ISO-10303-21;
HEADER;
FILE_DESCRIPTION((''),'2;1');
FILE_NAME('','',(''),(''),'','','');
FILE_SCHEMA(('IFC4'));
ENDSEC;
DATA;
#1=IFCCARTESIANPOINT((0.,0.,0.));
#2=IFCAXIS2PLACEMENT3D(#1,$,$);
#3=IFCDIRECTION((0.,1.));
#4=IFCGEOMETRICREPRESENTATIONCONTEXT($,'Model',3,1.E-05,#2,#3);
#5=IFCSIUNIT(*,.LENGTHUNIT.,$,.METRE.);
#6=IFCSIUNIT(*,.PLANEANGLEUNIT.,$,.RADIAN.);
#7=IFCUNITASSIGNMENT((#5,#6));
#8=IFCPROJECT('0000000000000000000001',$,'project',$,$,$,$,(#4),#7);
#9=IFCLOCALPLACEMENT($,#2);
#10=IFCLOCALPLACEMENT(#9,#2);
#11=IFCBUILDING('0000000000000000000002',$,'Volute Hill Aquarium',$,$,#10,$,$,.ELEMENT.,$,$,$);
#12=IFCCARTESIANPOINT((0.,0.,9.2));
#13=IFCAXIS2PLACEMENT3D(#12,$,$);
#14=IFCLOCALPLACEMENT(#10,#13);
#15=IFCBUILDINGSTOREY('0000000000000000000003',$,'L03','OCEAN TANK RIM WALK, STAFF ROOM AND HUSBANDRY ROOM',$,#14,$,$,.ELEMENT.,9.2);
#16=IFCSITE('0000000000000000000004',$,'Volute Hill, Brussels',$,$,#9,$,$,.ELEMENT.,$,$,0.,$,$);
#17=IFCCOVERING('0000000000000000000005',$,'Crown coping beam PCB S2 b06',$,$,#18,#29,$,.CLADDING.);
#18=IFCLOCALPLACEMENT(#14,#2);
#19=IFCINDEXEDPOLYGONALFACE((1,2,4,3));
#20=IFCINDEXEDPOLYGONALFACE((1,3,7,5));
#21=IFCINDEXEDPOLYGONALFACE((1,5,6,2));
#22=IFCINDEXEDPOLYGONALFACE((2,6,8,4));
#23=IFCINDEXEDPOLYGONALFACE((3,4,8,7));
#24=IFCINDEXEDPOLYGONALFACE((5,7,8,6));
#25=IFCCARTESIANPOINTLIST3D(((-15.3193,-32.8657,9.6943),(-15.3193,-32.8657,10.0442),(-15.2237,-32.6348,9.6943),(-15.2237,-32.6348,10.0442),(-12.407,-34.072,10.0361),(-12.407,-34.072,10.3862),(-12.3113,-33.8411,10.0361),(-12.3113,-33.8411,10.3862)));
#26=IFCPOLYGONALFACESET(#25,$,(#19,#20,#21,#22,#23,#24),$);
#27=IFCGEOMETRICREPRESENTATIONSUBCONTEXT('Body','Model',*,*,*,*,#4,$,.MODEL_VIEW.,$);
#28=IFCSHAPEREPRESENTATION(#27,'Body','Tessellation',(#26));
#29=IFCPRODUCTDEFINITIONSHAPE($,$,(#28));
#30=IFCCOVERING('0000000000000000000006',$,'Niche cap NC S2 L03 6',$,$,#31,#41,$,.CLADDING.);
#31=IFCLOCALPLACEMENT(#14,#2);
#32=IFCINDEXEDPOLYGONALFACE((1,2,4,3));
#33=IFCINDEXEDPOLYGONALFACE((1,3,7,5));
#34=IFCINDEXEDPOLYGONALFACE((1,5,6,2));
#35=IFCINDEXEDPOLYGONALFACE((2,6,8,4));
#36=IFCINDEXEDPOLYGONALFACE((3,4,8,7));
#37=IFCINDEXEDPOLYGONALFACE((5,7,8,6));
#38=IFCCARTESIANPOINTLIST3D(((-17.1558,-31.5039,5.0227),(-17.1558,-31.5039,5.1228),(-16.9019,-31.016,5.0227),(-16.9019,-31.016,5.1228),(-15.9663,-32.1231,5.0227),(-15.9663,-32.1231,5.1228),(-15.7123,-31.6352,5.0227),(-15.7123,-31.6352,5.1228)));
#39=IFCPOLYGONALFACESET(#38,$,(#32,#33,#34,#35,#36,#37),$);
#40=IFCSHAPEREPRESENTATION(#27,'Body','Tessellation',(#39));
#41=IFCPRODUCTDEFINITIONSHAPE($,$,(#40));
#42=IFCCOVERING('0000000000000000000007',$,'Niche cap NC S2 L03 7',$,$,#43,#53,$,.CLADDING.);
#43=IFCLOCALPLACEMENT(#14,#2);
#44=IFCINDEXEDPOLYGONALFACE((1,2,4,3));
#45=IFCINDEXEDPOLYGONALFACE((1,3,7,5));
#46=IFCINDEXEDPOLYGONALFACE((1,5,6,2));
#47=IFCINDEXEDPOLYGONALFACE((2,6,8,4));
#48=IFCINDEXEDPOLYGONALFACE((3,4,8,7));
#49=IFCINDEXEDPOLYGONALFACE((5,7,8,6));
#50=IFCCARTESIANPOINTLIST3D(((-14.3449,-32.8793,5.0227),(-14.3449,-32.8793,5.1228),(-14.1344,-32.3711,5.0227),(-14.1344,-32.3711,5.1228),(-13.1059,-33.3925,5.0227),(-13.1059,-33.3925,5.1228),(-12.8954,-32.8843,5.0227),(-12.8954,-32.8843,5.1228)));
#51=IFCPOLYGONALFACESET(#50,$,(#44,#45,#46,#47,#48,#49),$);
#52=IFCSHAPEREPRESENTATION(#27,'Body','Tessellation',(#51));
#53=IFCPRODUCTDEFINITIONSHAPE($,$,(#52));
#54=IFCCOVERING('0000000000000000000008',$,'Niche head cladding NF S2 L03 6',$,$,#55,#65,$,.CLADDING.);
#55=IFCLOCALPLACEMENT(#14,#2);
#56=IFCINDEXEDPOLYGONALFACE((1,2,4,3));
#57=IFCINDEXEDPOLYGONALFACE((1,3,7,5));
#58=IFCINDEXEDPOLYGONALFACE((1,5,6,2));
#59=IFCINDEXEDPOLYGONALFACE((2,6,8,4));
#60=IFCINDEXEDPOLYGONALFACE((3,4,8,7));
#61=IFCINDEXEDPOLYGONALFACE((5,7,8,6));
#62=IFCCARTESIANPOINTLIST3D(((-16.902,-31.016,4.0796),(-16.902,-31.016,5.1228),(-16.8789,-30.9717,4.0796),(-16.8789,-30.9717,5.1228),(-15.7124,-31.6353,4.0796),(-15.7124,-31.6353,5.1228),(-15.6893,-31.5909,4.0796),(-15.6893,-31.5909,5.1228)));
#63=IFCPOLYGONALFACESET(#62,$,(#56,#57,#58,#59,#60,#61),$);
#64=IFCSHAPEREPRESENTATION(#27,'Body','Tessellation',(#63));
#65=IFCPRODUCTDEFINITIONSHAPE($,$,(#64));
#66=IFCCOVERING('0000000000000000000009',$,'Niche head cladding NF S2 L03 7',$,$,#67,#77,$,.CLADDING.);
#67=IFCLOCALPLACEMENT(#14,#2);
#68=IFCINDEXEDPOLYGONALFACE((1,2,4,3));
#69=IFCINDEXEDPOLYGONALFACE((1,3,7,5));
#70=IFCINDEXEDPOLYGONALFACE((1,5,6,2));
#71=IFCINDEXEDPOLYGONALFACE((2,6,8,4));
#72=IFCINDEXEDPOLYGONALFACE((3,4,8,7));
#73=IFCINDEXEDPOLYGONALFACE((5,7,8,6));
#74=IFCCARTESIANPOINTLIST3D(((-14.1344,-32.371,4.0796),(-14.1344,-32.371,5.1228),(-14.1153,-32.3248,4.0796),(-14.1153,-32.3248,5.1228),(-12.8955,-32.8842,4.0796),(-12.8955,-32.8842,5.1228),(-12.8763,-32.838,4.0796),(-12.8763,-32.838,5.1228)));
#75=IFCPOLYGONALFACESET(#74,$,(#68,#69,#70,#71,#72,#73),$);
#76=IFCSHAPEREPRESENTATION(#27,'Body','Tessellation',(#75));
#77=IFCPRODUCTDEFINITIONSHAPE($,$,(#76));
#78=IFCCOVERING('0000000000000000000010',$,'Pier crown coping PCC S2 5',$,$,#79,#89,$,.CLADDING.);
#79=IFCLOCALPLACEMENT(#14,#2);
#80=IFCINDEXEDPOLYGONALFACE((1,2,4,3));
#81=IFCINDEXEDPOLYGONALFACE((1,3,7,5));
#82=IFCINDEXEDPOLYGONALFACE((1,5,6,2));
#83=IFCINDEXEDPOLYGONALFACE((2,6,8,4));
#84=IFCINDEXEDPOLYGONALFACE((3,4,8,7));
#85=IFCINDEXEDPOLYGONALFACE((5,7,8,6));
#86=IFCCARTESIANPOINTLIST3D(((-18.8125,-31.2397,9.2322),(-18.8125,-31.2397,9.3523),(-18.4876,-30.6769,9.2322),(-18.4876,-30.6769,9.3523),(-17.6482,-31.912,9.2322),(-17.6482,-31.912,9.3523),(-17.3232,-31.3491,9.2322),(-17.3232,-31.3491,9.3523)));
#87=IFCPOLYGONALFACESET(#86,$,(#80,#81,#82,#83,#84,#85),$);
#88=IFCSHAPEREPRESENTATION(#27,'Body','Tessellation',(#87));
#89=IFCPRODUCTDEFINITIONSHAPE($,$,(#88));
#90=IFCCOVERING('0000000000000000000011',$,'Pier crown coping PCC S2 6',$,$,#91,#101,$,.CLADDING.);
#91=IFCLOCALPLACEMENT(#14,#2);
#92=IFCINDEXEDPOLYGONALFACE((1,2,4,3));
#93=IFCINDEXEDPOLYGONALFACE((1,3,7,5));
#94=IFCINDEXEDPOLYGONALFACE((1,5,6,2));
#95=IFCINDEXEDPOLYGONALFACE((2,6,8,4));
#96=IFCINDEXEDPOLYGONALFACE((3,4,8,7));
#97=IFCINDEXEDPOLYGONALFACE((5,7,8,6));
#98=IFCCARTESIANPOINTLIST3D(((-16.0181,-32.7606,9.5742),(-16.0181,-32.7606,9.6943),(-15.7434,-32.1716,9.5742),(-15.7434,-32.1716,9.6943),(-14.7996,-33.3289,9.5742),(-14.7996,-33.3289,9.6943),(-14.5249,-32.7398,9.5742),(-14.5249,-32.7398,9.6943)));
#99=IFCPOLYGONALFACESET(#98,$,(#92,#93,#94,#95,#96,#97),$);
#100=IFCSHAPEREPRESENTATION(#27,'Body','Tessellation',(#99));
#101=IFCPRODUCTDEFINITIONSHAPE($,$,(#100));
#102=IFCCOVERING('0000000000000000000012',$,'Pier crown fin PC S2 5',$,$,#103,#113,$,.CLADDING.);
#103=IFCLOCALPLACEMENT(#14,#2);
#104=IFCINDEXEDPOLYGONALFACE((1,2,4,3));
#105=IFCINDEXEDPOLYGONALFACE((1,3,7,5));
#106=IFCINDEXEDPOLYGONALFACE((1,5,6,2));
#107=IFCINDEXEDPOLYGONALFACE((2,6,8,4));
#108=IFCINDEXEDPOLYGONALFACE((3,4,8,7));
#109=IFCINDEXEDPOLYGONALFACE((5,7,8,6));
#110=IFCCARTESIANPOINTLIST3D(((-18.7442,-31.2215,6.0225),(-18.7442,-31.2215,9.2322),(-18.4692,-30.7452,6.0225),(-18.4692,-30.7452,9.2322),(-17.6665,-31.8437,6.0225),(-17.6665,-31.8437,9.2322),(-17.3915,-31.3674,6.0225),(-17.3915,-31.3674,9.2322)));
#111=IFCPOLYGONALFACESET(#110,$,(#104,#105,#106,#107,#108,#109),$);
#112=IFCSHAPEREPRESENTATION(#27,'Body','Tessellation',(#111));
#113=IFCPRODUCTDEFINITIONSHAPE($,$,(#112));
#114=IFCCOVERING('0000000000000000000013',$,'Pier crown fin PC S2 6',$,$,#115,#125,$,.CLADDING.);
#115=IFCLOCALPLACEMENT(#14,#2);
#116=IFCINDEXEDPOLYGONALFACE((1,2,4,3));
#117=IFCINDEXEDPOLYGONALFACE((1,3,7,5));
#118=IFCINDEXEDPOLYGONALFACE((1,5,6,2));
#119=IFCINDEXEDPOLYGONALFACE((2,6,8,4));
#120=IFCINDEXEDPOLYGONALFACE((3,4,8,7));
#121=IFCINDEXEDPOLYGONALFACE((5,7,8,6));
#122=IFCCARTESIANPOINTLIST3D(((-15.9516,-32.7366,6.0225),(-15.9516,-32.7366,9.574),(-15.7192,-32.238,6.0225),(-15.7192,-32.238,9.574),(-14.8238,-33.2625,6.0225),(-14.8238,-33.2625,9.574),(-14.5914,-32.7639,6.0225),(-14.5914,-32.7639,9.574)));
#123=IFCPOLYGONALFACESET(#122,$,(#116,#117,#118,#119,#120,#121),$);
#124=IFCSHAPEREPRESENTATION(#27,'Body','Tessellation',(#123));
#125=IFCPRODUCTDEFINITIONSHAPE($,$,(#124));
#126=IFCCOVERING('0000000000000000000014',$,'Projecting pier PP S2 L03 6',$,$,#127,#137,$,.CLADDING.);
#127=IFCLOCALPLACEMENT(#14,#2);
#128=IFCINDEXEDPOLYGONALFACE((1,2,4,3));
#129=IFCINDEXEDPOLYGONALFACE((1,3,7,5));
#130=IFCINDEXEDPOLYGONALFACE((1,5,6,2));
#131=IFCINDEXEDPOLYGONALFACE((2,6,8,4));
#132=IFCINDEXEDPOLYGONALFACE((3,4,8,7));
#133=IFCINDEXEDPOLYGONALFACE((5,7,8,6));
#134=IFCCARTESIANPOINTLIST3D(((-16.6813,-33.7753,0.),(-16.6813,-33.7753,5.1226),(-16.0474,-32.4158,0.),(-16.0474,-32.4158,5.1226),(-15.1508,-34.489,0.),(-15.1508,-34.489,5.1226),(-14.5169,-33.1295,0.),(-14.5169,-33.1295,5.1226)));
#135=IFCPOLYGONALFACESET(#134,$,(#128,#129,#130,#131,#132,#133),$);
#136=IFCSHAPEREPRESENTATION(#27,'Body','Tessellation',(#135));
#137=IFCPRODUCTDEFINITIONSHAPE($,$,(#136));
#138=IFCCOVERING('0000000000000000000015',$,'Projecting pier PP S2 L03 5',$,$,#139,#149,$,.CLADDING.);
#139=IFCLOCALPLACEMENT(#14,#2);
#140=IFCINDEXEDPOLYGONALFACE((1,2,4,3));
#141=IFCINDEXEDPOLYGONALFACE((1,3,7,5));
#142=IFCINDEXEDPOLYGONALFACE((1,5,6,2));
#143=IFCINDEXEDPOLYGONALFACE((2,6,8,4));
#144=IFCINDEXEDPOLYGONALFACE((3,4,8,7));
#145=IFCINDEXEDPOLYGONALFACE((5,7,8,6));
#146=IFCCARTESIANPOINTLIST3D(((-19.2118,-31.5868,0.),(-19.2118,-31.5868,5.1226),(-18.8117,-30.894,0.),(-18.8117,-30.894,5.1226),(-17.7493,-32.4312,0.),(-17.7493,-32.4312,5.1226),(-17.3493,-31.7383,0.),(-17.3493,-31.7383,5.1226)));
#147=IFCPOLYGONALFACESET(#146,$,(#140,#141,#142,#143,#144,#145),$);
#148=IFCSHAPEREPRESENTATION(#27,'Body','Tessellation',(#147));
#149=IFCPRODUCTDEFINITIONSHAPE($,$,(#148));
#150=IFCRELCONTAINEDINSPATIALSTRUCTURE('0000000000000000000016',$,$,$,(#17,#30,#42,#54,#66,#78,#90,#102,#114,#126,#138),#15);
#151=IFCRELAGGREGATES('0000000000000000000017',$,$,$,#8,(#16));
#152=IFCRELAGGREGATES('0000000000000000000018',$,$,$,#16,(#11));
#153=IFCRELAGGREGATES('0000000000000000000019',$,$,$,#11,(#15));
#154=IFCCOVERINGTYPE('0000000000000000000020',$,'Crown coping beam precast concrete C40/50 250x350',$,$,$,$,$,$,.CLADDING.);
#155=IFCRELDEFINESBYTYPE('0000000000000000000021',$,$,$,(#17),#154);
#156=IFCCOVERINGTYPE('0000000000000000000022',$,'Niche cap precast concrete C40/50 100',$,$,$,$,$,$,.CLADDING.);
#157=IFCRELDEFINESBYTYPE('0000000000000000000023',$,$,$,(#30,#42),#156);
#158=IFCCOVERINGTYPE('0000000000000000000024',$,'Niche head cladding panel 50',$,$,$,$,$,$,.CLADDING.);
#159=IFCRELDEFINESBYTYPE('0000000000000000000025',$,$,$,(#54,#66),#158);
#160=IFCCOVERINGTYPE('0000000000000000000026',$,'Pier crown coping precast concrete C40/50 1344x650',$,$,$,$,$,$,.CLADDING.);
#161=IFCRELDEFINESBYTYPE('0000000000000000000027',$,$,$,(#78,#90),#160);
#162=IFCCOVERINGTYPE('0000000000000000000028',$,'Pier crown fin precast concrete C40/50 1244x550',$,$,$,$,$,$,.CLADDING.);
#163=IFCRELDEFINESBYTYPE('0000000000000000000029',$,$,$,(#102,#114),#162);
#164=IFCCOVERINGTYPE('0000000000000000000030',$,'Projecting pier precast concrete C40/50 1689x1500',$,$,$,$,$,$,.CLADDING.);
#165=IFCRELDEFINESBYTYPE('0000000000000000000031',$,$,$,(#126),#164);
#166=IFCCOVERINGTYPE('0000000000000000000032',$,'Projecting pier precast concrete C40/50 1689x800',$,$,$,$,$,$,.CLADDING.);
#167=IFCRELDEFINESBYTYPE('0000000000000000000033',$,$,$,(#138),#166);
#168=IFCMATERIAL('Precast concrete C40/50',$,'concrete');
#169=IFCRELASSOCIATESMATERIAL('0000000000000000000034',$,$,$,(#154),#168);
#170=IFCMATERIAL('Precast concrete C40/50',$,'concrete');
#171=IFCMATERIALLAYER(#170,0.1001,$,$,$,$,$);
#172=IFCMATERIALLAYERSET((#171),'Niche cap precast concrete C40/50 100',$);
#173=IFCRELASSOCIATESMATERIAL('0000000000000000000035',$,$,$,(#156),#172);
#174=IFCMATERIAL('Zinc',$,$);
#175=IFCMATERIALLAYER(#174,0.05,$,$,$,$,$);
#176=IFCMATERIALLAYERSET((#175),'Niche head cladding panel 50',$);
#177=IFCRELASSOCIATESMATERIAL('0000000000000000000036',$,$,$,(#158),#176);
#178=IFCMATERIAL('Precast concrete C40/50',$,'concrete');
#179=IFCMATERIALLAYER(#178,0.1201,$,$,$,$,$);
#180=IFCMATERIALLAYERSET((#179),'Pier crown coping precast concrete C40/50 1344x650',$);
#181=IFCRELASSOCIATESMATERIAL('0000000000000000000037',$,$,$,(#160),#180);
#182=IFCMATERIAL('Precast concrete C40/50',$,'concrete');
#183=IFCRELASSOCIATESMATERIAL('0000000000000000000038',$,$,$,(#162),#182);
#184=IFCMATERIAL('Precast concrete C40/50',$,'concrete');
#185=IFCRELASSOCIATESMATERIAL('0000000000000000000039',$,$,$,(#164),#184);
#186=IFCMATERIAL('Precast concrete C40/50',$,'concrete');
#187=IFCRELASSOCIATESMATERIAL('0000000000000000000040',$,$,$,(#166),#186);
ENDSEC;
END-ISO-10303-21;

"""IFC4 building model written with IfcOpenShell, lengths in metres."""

from ifc_helpers import new_model, si_unit, direction, frame, origin, origin_2d, place, context, subcontext, project, spatial, polyline, rectangle, outline, extrude, material, layer, layer_set, type_object, element, save


model = new_model("IFC4")

# Units and contexts
model_context = context("Model", 3, precision=1e-05, world=origin(), true_north=direction((0.0, 1.0)))
body_context = subcontext(model_context, "Body", "Model", "MODEL_VIEW")
ifc_project = project(units=[si_unit("LENGTHUNIT", "METRE"), si_unit("PLANEANGLEUNIT", "RADIAN")], contexts=[model_context])

# Site, building, storey
site_placement = place(None, origin())
site = spatial("IfcSite", under=ifc_project, at=site_placement, Name="Volute Hill, Brussels", CompositionType="ELEMENT", RefElevation=0.0)
building_placement = place(site_placement, origin())
building = spatial("IfcBuilding", under=site, at=building_placement, Name="Volute Hill Aquarium", CompositionType="ELEMENT")
storey_placement = place(building_placement, frame((0.0, 0.0, 9.2)))
storey = spatial("IfcBuildingStorey", under=building, at=storey_placement, Name="L03", Description="OCEAN TANK RIM WALK, STAFF ROOM AND HUSBANDRY ROOM", CompositionType="ELEMENT", Elevation=9.2)

# Coverings
ifc_material_1 = material(Name="Precast concrete C40/50", Category="concrete")
covering_type_1 = type_object("IfcCoveringType", Name="Crown coping beam precast concrete C40/50 250x350", PredefinedType="CLADDING", material=ifc_material_1)
covering_1_placement = place(storey_placement, frame((-15.3193, -32.8657, 9.6943), z_axis=(-0.382673, -0.923884, 0.0), x_axis=(0.9185, -0.380443, 0.107796)))
element("IfcCovering", 1, at=covering_1_placement, inside=storey, type_object=covering_type_1, Name="Crown coping beam PCB S2 b06", PredefinedType="CLADDING", context=body_context, shape_type="SweptSolid", body=[
    extrude(outline(polyline([(0.0, 0.0), (3.1708, 0.0), (3.2085, 0.3481), (0.0377, 0.3478), (0.0, 0.0)])), origin(), (0.0, 0.0, -1.0), 0.25),
])
ifc_material_2 = material(Name="Precast concrete C40/50", Category="concrete")
ifc_layer_1 = layer(ifc_material_2, 0.1001)
ifc_layer_set_1 = layer_set([ifc_layer_1], Name="Niche cap precast concrete C40/50 100")
covering_type_2 = type_object("IfcCoveringType", Name="Niche cap precast concrete C40/50 100", PredefinedType="CLADDING", material=ifc_layer_set_1)
for number, where, z_axis, x_axis, name in (
    (2, (-16.4341, -31.5696, 5.0227), (0.0, 0.0, 1.0), (0.88701, -0.461749, 0.0), "Niche cap NC S2 L03 6"),
    (3, (-13.6201, -32.8818, 5.0227), (0.0, 0.0, 1.0), (0.923881, -0.382679, 0.0), "Niche cap NC S2 L03 7"),
):
    element("IfcCovering", number, at=place(storey_placement, frame(where, z_axis=z_axis, x_axis=x_axis)), inside=storey, type_object=covering_type_2, Name=name, PredefinedType="CLADDING", context=body_context, shape_type="SweptSolid", body=[
        extrude(rectangle(XDim=1.3411, YDim=0.55, at=origin_2d()), origin(), (0.0, 0.0, 1.0), 0.1001),
    ])
ifc_material_3 = material(Name="Zinc")
ifc_layer_2 = layer(ifc_material_3, 0.05)
ifc_layer_set_2 = layer_set([ifc_layer_2], Name="Niche head cladding panel 50")
covering_type_3 = type_object("IfcCoveringType", Name="Niche head cladding panel 50", PredefinedType="CLADDING", material=ifc_layer_set_2)
for number, where, z_axis, x_axis, name in (
    (4, (-16.2957, -31.3035, 4.0796), (0.0, 0.0, 1.0), (0.88701, -0.461749, 0.0), "Niche head cladding NF S2 L03 6"),
    (5, (-13.5054, -32.6045, 4.0796), (0.0, 0.0, 1.0), (0.923881, -0.382679, 0.0), "Niche head cladding NF S2 L03 7"),
):
    element("IfcCovering", number, at=place(storey_placement, frame(where, z_axis=z_axis, x_axis=x_axis)), inside=storey, type_object=covering_type_3, Name=name, PredefinedType="CLADDING", context=body_context, shape_type="SweptSolid", body=[
        extrude(rectangle(XDim=1.3411, YDim=0.05, at=origin_2d()), origin(), (0.0, 0.0, 1.0), 1.0432),
    ])
ifc_material_4 = material(Name="Precast concrete C40/50", Category="concrete")
ifc_layer_3 = layer(ifc_material_4, 0.1201)
ifc_layer_set_3 = layer_set([ifc_layer_3], Name="Pier crown coping precast concrete C40/50 1344x650")
covering_type_4 = type_object("IfcCoveringType", Name="Pier crown coping precast concrete C40/50 1344x650", PredefinedType="CLADDING", material=ifc_layer_set_3)
for number, where, z_axis, x_axis, name in (
    (6, (-18.0679, -31.2944, 9.2322), (0.0, 0.0, 1.0), (0.866025, -0.5, 0.0), "Pier crown coping PCC S2 5"),
    (7, (-15.2715, -32.7502, 9.5742), (0.0, 0.0, 1.0), (0.906308, -0.422618, 0.0), "Pier crown coping PCC S2 6"),
):
    element("IfcCovering", number, at=place(storey_placement, frame(where, z_axis=z_axis, x_axis=x_axis)), inside=storey, type_object=covering_type_4, Name=name, PredefinedType="CLADDING", context=body_context, shape_type="SweptSolid", body=[
        extrude(rectangle(XDim=1.3445, YDim=0.6499, at=origin_2d()), origin(), (0.0, 0.0, 1.0), 0.1201),
    ])
ifc_material_5 = material(Name="Precast concrete C40/50", Category="concrete")
covering_type_5 = type_object("IfcCoveringType", Name="Pier crown fin precast concrete C40/50 1244x550", PredefinedType="CLADDING", material=ifc_material_5)
covering_2_placement = place(storey_placement, frame((-18.0679, -31.2944, 6.0225), z_axis=(0.0, 0.0, 1.0), x_axis=(0.866025, -0.5, 0.0)))
element("IfcCovering", 8, at=covering_2_placement, inside=storey, type_object=covering_type_5, Name="Pier crown fin PC S2 5", PredefinedType="CLADDING", context=body_context, shape_type="SweptSolid", body=[
    extrude(rectangle(XDim=1.2444, YDim=0.55, at=origin_2d()), origin(), (0.0, 0.0, 1.0), 3.2097),
])
covering_3_placement = place(storey_placement, frame((-15.2715, -32.7502, 6.0225), z_axis=(0.0, 0.0, 1.0), x_axis=(0.906308, -0.422618, 0.0)))
element("IfcCovering", 9, at=covering_3_placement, inside=storey, type_object=covering_type_5, Name="Pier crown fin PC S2 6", PredefinedType="CLADDING", context=body_context, shape_type="SweptSolid", body=[
    extrude(rectangle(XDim=1.2444, YDim=0.55, at=origin_2d()), origin(), (0.0, 0.0, 1.0), 3.5515),
])
ifc_material_6 = material(Name="Precast concrete C40/50", Category="concrete")
covering_type_6 = type_object("IfcCoveringType", Name="Projecting pier precast concrete C40/50 1689x1500", PredefinedType="CLADDING", material=ifc_material_6)
covering_4_placement = place(storey_placement, frame((-15.5991, -33.4524, 0.0), z_axis=(0.0, 0.0, 1.0), x_axis=(0.906308, -0.422618, 0.0)))
element("IfcCovering", 10, at=covering_4_placement, inside=storey, type_object=covering_type_6, Name="Projecting pier PP S2 L03 6", PredefinedType="CLADDING", context=body_context, shape_type="SweptSolid", body=[
    extrude(rectangle(XDim=1.6887, YDim=1.5, at=origin_2d()), origin(), (0.0, 0.0, 1.0), 5.1226),
])
ifc_material_7 = material(Name="Precast concrete C40/50", Category="concrete")
covering_type_7 = type_object("IfcCoveringType", Name="Projecting pier precast concrete C40/50 1689x800", PredefinedType="CLADDING", material=ifc_material_7)
covering_5_placement = place(storey_placement, frame((-18.2805, -31.6626, 0.0), z_axis=(0.0, 0.0, 1.0), x_axis=(0.866025, -0.5, 0.0)))
element("IfcCovering", 11, at=covering_5_placement, inside=storey, type_object=covering_type_7, Name="Projecting pier PP S2 L03 5", PredefinedType="CLADDING", context=body_context, shape_type="SweptSolid", body=[
    extrude(rectangle(XDim=1.6887, YDim=0.8, at=origin_2d()), origin(), (0.0, 0.0, 1.0), 5.1226),
])

save(model, "model.ifc")
